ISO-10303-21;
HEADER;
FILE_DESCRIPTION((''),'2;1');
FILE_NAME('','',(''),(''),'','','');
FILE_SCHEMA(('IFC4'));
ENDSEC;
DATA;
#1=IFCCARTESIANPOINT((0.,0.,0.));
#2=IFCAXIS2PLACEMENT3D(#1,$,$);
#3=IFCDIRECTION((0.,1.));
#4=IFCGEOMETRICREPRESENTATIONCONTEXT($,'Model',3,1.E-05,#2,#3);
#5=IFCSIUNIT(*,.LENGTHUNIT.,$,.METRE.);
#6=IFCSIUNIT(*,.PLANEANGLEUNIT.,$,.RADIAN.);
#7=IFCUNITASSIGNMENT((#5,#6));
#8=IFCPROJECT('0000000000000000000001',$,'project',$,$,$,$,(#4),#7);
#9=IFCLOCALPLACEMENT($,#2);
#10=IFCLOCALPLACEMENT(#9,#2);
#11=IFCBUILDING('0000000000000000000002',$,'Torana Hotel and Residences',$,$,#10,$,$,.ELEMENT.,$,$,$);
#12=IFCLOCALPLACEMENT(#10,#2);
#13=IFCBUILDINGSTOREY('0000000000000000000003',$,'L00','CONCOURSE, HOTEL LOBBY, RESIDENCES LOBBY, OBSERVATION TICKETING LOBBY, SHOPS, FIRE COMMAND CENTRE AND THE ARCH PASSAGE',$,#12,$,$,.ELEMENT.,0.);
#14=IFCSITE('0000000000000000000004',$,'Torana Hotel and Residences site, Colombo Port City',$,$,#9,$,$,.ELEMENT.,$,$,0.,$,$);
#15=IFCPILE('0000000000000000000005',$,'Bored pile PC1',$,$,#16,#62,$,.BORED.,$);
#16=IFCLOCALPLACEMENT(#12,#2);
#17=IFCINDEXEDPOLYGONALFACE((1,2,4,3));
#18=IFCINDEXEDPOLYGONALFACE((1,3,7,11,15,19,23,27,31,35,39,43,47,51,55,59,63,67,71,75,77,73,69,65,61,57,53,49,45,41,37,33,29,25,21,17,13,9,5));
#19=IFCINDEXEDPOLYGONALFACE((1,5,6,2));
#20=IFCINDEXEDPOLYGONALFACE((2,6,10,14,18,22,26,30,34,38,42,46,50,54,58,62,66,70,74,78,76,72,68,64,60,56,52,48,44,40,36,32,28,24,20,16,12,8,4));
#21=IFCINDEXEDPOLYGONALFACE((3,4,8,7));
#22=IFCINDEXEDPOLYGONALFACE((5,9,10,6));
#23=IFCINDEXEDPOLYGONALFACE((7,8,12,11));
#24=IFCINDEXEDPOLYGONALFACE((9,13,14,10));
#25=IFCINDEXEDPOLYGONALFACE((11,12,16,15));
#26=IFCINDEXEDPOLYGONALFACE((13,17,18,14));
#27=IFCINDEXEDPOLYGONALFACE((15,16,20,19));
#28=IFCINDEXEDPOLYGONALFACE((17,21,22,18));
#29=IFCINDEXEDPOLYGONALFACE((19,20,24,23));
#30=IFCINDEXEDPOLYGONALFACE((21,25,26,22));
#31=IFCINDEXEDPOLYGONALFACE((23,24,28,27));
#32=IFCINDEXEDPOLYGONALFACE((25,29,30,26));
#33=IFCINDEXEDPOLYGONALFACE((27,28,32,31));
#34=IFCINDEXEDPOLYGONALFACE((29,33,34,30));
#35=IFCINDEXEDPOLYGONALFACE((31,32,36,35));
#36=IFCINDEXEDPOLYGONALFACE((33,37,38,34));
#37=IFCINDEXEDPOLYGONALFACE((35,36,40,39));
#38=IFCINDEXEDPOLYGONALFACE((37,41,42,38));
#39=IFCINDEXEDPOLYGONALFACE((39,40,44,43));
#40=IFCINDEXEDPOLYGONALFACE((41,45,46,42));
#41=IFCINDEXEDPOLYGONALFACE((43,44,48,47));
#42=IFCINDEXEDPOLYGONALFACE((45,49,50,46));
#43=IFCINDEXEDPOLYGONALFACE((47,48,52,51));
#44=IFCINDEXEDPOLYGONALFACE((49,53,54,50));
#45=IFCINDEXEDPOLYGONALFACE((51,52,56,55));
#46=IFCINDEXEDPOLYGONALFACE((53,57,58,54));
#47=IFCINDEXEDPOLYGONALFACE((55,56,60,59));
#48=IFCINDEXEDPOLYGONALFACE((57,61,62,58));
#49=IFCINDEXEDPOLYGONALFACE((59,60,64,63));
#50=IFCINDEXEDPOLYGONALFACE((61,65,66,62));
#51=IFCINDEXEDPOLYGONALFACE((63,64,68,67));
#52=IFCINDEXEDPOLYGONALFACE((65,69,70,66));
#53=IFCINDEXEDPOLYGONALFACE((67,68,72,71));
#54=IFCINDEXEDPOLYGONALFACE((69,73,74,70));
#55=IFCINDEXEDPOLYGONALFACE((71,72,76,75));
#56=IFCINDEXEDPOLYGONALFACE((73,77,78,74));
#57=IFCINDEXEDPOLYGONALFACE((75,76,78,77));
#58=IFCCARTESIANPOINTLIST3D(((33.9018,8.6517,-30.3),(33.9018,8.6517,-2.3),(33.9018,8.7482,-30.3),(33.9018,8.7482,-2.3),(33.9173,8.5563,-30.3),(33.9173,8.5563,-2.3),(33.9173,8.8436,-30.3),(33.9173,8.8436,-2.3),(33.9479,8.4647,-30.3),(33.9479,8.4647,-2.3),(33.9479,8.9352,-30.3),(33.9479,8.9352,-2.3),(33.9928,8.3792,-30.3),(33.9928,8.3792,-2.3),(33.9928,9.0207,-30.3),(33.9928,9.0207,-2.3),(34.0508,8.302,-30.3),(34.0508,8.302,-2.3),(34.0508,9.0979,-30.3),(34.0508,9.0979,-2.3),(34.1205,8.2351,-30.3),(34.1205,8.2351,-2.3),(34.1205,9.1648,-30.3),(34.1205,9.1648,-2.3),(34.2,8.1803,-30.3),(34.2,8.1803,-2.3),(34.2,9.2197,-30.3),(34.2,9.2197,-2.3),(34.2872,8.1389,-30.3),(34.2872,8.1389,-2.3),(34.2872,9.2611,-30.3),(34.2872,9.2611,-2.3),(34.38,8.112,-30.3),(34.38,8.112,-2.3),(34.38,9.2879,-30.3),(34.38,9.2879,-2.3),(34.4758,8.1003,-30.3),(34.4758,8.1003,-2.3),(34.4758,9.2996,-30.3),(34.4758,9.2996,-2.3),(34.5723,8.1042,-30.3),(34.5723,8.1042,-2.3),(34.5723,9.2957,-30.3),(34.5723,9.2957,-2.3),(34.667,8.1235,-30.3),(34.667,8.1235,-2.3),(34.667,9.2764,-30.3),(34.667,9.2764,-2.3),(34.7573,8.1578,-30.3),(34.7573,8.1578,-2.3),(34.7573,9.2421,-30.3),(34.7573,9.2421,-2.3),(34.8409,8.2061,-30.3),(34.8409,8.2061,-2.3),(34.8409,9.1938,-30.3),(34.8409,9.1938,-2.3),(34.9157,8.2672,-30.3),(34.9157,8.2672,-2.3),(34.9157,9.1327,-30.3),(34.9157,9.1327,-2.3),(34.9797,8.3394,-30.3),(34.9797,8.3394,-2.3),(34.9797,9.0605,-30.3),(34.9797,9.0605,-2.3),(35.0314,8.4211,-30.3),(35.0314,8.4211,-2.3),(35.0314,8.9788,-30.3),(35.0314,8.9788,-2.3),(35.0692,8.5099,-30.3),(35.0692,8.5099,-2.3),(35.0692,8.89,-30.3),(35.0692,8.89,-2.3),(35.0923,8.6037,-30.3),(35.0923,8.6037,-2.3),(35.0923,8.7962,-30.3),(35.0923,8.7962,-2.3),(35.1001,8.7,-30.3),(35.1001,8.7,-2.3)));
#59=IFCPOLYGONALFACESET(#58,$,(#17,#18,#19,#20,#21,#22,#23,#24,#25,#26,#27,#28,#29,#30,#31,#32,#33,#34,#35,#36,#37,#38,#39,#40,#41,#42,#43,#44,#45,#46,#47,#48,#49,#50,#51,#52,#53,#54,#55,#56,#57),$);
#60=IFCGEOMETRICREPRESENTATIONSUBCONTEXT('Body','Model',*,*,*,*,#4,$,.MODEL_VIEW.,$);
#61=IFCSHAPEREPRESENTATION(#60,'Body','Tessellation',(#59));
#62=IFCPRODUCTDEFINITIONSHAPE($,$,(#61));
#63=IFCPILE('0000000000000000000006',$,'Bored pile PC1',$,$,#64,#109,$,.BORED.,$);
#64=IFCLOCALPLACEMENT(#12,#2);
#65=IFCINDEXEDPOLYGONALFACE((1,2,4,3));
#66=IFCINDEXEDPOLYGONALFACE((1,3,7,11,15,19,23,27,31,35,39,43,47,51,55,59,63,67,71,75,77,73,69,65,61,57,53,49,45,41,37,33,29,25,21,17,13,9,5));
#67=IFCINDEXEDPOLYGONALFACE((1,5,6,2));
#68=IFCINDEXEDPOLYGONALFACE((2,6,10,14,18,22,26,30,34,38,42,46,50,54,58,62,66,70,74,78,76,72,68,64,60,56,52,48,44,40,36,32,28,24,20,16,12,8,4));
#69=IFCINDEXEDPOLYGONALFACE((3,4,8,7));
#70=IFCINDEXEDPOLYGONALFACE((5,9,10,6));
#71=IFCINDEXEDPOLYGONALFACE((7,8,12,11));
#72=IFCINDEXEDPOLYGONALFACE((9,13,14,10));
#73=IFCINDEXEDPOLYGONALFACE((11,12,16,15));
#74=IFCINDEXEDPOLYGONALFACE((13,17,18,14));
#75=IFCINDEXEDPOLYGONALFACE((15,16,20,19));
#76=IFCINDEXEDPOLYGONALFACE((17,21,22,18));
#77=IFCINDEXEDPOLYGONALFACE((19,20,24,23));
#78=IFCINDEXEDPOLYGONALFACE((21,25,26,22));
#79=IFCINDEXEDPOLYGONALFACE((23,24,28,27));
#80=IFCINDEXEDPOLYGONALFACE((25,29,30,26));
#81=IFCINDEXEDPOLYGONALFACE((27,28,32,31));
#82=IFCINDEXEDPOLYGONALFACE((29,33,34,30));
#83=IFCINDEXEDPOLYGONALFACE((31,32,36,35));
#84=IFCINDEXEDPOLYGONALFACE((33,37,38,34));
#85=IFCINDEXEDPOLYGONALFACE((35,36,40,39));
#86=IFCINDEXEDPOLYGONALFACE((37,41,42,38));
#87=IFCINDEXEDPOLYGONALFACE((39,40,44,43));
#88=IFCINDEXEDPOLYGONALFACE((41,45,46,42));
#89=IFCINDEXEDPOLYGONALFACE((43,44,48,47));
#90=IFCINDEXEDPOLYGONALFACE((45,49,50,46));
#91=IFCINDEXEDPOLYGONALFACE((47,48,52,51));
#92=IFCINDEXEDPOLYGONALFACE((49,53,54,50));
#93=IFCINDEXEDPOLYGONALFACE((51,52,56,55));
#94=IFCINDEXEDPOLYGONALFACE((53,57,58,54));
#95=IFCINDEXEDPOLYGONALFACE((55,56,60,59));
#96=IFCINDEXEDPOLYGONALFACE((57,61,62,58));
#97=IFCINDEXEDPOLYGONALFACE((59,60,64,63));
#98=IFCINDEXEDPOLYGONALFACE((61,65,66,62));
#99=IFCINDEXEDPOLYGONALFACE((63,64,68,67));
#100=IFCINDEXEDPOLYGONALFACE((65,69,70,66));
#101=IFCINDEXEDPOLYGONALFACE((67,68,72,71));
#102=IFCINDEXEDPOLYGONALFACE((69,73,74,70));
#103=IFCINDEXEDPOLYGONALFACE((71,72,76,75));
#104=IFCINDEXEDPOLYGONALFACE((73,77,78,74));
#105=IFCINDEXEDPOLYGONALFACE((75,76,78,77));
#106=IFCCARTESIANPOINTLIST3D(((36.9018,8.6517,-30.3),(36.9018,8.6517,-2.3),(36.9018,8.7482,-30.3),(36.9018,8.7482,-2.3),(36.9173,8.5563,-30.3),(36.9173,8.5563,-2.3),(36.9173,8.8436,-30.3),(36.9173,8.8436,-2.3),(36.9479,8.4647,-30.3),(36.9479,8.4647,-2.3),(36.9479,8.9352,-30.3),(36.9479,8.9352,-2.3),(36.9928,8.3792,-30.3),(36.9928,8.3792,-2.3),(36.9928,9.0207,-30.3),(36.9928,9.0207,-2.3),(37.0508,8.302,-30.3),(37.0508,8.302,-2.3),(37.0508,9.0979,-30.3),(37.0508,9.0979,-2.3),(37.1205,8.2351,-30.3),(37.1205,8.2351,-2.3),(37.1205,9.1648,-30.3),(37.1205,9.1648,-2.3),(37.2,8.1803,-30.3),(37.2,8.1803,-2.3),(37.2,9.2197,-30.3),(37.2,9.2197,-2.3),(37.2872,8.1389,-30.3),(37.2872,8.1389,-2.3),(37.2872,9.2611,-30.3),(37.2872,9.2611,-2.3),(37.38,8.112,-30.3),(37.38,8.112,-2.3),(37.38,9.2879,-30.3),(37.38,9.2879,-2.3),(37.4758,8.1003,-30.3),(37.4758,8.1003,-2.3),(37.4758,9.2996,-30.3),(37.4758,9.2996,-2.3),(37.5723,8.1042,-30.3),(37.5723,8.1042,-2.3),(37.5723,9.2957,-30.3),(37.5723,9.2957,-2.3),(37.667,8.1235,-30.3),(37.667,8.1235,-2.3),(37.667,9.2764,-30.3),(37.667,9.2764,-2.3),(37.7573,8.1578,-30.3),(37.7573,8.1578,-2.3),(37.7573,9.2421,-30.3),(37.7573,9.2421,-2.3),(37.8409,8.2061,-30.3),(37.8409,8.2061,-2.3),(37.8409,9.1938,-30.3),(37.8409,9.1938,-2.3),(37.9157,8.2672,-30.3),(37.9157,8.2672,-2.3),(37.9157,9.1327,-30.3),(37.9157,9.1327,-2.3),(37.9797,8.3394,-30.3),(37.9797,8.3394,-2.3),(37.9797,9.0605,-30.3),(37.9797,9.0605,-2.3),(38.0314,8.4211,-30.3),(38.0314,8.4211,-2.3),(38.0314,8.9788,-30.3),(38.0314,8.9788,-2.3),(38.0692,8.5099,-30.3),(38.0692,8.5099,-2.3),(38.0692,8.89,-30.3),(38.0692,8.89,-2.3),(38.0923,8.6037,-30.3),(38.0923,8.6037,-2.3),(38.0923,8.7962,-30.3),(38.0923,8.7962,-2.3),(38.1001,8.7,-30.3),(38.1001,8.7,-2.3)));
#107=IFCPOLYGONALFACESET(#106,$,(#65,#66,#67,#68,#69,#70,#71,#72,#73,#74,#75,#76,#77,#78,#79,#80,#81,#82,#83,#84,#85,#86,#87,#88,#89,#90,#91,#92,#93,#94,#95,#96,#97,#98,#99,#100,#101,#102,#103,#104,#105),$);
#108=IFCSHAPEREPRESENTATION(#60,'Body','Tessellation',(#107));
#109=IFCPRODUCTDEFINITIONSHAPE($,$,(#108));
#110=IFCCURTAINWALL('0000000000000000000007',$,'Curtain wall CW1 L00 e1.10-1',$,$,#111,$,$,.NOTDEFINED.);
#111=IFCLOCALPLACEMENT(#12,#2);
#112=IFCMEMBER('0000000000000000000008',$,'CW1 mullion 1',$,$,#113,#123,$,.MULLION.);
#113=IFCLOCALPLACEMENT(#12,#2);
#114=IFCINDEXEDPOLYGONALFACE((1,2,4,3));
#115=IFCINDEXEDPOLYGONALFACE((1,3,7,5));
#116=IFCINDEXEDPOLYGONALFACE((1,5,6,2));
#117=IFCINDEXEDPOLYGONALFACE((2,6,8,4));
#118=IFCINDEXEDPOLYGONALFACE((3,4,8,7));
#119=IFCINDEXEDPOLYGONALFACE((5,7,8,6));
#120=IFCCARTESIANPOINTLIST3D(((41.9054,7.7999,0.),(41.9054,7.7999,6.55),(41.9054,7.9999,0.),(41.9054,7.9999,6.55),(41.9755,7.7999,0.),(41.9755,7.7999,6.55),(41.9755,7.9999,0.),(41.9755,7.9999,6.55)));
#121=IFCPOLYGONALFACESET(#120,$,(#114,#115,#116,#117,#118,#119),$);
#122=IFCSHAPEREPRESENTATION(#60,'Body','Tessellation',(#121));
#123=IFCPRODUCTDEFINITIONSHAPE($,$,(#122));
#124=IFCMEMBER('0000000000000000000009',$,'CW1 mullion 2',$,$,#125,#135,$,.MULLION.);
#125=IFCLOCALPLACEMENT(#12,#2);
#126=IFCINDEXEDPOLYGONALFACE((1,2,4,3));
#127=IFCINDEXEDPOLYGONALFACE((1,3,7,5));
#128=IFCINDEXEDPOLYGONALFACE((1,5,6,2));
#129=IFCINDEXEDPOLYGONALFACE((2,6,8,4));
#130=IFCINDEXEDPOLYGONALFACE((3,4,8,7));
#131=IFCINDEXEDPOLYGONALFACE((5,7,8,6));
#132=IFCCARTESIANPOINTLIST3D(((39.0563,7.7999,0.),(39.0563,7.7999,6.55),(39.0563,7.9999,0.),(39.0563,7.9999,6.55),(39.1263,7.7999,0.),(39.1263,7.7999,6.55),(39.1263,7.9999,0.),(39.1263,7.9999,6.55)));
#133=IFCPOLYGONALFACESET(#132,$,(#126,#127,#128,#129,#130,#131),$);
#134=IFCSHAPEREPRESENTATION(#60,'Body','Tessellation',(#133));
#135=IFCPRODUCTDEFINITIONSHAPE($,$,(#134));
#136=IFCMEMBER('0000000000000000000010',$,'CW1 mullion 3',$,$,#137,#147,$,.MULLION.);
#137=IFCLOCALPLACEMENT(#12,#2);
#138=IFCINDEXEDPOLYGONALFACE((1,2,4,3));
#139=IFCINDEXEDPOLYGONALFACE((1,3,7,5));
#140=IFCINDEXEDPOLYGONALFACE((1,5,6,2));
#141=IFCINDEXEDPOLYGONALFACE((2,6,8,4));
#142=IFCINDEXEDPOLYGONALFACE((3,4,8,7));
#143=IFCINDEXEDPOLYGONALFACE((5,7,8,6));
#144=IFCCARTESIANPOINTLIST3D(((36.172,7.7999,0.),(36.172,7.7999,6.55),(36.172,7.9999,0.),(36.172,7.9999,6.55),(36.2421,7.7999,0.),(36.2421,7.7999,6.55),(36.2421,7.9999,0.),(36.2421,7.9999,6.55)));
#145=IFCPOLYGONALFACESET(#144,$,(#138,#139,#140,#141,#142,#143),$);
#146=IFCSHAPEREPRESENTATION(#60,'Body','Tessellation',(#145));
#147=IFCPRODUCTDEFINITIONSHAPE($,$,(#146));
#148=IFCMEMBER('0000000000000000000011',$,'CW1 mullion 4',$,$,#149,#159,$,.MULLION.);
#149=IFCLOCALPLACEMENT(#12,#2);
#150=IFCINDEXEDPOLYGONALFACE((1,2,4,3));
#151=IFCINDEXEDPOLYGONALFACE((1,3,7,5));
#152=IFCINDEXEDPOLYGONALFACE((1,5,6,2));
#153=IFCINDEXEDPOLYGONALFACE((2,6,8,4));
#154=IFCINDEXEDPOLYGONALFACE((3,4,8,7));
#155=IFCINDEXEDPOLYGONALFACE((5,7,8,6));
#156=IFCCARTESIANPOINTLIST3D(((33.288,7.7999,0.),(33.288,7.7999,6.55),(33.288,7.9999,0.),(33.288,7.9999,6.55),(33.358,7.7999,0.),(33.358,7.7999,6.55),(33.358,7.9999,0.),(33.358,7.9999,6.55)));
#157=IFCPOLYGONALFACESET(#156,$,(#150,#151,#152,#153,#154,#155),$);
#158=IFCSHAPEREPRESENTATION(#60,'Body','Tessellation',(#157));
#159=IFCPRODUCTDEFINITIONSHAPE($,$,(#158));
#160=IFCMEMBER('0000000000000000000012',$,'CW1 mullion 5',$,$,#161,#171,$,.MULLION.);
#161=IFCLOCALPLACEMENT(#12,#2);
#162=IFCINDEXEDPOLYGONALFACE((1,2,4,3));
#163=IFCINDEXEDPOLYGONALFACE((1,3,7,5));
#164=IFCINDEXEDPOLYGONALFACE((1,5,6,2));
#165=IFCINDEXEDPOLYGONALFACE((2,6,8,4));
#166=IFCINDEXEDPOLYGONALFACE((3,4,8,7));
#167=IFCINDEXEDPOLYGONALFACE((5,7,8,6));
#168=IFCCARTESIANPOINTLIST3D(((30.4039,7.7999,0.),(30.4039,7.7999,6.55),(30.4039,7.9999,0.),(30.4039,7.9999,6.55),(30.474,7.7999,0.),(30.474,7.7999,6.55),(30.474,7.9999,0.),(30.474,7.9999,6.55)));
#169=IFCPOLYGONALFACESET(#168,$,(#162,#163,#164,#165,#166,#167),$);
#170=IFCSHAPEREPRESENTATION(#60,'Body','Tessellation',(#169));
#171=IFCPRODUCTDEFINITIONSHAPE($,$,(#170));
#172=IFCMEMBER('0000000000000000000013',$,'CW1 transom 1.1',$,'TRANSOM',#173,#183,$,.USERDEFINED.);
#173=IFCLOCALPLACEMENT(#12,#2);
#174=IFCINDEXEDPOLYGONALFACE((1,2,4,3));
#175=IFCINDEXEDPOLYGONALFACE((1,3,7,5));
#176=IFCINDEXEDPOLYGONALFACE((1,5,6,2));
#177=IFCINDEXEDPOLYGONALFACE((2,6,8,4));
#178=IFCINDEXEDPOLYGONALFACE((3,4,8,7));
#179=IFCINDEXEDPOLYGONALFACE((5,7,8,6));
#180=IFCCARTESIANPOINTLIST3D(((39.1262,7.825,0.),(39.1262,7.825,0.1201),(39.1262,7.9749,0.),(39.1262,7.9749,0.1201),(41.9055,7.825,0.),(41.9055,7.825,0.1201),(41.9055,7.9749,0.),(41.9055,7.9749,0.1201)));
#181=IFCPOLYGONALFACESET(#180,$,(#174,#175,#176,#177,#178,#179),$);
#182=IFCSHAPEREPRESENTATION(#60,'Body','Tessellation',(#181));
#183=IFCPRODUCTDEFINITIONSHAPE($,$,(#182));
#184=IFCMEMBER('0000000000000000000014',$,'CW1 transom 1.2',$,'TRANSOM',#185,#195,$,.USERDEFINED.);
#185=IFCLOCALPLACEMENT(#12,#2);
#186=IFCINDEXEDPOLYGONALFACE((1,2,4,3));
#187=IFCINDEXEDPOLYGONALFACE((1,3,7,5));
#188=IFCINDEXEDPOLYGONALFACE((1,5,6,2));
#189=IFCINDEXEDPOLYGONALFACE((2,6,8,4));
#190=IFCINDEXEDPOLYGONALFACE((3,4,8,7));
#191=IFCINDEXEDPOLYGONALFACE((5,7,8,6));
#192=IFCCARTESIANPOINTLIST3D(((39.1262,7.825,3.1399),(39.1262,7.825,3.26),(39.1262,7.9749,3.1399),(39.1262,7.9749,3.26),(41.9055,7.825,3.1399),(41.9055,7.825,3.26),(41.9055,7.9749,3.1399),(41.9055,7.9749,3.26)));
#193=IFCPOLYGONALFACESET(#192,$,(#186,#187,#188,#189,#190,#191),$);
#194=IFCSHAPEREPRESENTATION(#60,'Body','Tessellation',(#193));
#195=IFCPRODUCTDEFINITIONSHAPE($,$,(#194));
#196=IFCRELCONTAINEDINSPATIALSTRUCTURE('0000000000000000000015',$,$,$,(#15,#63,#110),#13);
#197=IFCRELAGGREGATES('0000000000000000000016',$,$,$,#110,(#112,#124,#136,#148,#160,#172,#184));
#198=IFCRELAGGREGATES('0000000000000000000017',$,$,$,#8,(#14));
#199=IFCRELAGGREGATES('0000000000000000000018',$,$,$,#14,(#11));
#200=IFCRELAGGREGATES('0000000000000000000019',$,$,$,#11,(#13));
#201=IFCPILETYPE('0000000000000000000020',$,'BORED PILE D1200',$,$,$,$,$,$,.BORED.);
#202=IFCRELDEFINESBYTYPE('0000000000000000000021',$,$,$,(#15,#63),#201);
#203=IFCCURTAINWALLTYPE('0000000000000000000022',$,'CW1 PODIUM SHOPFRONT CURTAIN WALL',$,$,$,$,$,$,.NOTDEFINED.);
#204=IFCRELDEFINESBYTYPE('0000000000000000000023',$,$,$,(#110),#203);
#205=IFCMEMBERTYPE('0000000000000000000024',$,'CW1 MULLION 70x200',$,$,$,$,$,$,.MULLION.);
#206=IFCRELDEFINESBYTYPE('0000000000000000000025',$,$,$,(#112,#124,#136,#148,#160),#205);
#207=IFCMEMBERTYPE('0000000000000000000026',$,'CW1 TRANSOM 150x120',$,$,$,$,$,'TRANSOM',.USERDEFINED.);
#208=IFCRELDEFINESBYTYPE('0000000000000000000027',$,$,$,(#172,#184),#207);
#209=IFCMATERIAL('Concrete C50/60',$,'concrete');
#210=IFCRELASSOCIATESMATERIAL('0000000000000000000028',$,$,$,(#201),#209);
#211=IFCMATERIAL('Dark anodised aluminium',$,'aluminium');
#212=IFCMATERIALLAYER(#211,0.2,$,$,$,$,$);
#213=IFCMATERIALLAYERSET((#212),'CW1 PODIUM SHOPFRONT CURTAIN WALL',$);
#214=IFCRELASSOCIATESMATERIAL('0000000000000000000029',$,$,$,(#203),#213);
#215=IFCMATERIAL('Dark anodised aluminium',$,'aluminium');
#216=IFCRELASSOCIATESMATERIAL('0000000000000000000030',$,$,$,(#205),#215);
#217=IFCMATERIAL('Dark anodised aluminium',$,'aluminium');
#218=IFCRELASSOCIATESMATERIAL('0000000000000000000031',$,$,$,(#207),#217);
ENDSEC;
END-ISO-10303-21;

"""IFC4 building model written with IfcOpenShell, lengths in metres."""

from ifc_helpers import new_model, si_unit, direction, frame, origin, origin_2d, place, context, subcontext, project, spatial, rectangle, circle, extrude, material, layer, layer_set, material_profile, profile_set, type_object, element, aggregate, save


model = new_model("IFC4")

# Units and contexts
model_context = context("Model", 3, precision=1e-05, world=origin(), true_north=direction((0.0, 1.0)))
body_context = subcontext(model_context, "Body", "Model", "MODEL_VIEW")
ifc_project = project(units=[si_unit("LENGTHUNIT", "METRE"), si_unit("PLANEANGLEUNIT", "RADIAN")], contexts=[model_context])

# Site, building, storey
site_placement = place(None, origin())
site = spatial("IfcSite", under=ifc_project, at=site_placement, Name="Torana Hotel and Residences site, Colombo Port City", CompositionType="ELEMENT", RefElevation=0.0)
building_placement = place(site_placement, origin())
building = spatial("IfcBuilding", under=site, at=building_placement, Name="Torana Hotel and Residences", CompositionType="ELEMENT")
storey_placement = place(building_placement, origin())
storey = spatial("IfcBuildingStorey", under=building, at=storey_placement, Name="L00", Description="CONCOURSE, HOTEL LOBBY, RESIDENCES LOBBY, OBSERVATION TICKETING LOBBY, SHOPS, FIRE COMMAND CENTRE AND THE ARCH PASSAGE", CompositionType="ELEMENT", Elevation=0.0)

# Piles
ifc_material_1 = material(Name="Concrete C50/60", Category="concrete")
pile_type = type_object("IfcPileType", Name="BORED PILE D1200", PredefinedType="BORED", material=ifc_material_1)
for number, where, z_axis, x_axis, name in (
    (1, (34.5, 8.7, -2.3), (0.0, 0.0, -1.0), (1.0, 0.0, 0.0), "Bored pile PC1"),
    (2, (37.5, 8.7, -2.3), (0.0, 0.0, -1.0), (1.0, 0.0, 0.0), "Bored pile PC1"),
):
    element("IfcPile", number, at=place(storey_placement, frame(where, z_axis=z_axis, x_axis=x_axis)), inside=storey, type_object=pile_type, Name=name, PredefinedType="BORED", context=body_context, shape_type="SweptSolid", body=[
        extrude(circle(Radius=0.6001, at=origin_2d()), origin(), (0.0, 0.0, 1.0), 28.0),
    ])

# Curtain wall, members
ifc_material_2 = material(Name="Dark anodised aluminium", Category="aluminium")
ifc_layer_1 = layer(ifc_material_2, 0.2)
ifc_layer_set_1 = layer_set([ifc_layer_1], Name="CW1 PODIUM SHOPFRONT CURTAIN WALL")
curtain_wall_type = type_object("IfcCurtainWallType", Name="CW1 PODIUM SHOPFRONT CURTAIN WALL", PredefinedType="NOTDEFINED", material=ifc_layer_set_1)
curtain_wall_placement = place(storey_placement, origin())
curtain_wall = element("IfcCurtainWall", 3, at=curtain_wall_placement, inside=storey, type_object=curtain_wall_type, Name="Curtain wall CW1 L00 e1.10-1", PredefinedType="NOTDEFINED")
ifc_material_3 = material(Name="Dark anodised aluminium", Category="aluminium")
ifc_material_profile_1 = material_profile(ifc_material_3, rectangle(XDim=0.2, YDim=0.0701, at=origin_2d()), Name="CW1 MULLION 70x200")
ifc_profile_set_1 = profile_set([ifc_material_profile_1], Name="Dark anodised aluminium")
member_type_1 = type_object("IfcMemberType", Name="CW1 MULLION 70x200", PredefinedType="MULLION", material=ifc_profile_set_1)
member_1_placement = place(storey_placement, frame((41.9404, 7.8999, 0.0), z_axis=(0.0, 0.0, 1.0), x_axis=(0.0, -1.0, 0.0)))
member_1 = element("IfcMember", 4, at=member_1_placement, type_object=member_type_1, Name="CW1 mullion 1", PredefinedType="MULLION", context=body_context, shape_type="SweptSolid", body=[
    extrude(rectangle(XDim=0.2, YDim=0.0701, at=origin_2d()), origin(), (0.0, 0.0, 1.0), 6.55),
])
member_2_placement = place(storey_placement, frame((39.0913, 7.8999, 0.0), z_axis=(0.0, 0.0, 1.0), x_axis=(0.0, -1.0, 0.0)))
member_2 = element("IfcMember", 5, at=member_2_placement, type_object=member_type_1, Name="CW1 mullion 2", PredefinedType="MULLION", context=body_context, shape_type="SweptSolid", body=[
    extrude(rectangle(XDim=0.2, YDim=0.0701, at=origin_2d()), origin(), (0.0, 0.0, 1.0), 6.55),
])
member_3_placement = place(storey_placement, frame((36.207, 7.8999, 0.0), z_axis=(0.0, 0.0, 1.0), x_axis=(0.0, -1.0, 0.0)))
member_3 = element("IfcMember", 6, at=member_3_placement, type_object=member_type_1, Name="CW1 mullion 3", PredefinedType="MULLION", context=body_context, shape_type="SweptSolid", body=[
    extrude(rectangle(XDim=0.2, YDim=0.0701, at=origin_2d()), origin(), (0.0, 0.0, 1.0), 6.55),
])
member_4_placement = place(storey_placement, frame((33.323, 7.8999, 0.0), z_axis=(0.0, 0.0, 1.0), x_axis=(0.0, -1.0, 0.0)))
member_4 = element("IfcMember", 7, at=member_4_placement, type_object=member_type_1, Name="CW1 mullion 4", PredefinedType="MULLION", context=body_context, shape_type="SweptSolid", body=[
    extrude(rectangle(XDim=0.2, YDim=0.0701, at=origin_2d()), origin(), (0.0, 0.0, 1.0), 6.55),
])
member_5_placement = place(storey_placement, frame((30.439, 7.8999, 0.0), z_axis=(0.0, 0.0, 1.0), x_axis=(0.0, -1.0, 0.0)))
member_5 = element("IfcMember", 8, at=member_5_placement, type_object=member_type_1, Name="CW1 mullion 5", PredefinedType="MULLION", context=body_context, shape_type="SweptSolid", body=[
    extrude(rectangle(XDim=0.2, YDim=0.0701, at=origin_2d()), origin(), (0.0, 0.0, 1.0), 6.55),
])
ifc_material_4 = material(Name="Dark anodised aluminium", Category="aluminium")
ifc_material_profile_2 = material_profile(ifc_material_4, rectangle(XDim=0.1499, YDim=0.1201, at=origin_2d()), Name="CW1 TRANSOM 150x120")
ifc_profile_set_2 = profile_set([ifc_material_profile_2], Name="Dark anodised aluminium")
member_type_2 = type_object("IfcMemberType", Name="CW1 TRANSOM 150x120", ElementType="TRANSOM", PredefinedType="USERDEFINED", material=ifc_profile_set_2)
member_6_placement = place(storey_placement, frame((41.9055, 7.8999, 0.0601), z_axis=(-1.0, 0.0, 0.0), x_axis=(0.0, -1.0, 0.0)))
member_6 = element("IfcMember", 9, at=member_6_placement, type_object=member_type_2, Name="CW1 transom 1.1", ObjectType="TRANSOM", PredefinedType="USERDEFINED", context=body_context, shape_type="SweptSolid", body=[
    extrude(rectangle(XDim=0.1499, YDim=0.1201, at=origin_2d()), origin(), (0.0, 0.0, 1.0), 2.7793),
])
member_7_placement = place(storey_placement, frame((41.9055, 7.8999, 3.2), z_axis=(-1.0, 0.0, 0.0), x_axis=(0.0, -1.0, 0.0)))
member_7 = element("IfcMember", 10, at=member_7_placement, type_object=member_type_2, Name="CW1 transom 1.2", ObjectType="TRANSOM", PredefinedType="USERDEFINED", context=body_context, shape_type="SweptSolid", body=[
    extrude(rectangle(XDim=0.1499, YDim=0.1201, at=origin_2d()), origin(), (0.0, 0.0, 1.0), 2.7793),
])
aggregate(curtain_wall, [member_1, member_2, member_3, member_4, member_5, member_6, member_7])

save(model, "model.ifc")
